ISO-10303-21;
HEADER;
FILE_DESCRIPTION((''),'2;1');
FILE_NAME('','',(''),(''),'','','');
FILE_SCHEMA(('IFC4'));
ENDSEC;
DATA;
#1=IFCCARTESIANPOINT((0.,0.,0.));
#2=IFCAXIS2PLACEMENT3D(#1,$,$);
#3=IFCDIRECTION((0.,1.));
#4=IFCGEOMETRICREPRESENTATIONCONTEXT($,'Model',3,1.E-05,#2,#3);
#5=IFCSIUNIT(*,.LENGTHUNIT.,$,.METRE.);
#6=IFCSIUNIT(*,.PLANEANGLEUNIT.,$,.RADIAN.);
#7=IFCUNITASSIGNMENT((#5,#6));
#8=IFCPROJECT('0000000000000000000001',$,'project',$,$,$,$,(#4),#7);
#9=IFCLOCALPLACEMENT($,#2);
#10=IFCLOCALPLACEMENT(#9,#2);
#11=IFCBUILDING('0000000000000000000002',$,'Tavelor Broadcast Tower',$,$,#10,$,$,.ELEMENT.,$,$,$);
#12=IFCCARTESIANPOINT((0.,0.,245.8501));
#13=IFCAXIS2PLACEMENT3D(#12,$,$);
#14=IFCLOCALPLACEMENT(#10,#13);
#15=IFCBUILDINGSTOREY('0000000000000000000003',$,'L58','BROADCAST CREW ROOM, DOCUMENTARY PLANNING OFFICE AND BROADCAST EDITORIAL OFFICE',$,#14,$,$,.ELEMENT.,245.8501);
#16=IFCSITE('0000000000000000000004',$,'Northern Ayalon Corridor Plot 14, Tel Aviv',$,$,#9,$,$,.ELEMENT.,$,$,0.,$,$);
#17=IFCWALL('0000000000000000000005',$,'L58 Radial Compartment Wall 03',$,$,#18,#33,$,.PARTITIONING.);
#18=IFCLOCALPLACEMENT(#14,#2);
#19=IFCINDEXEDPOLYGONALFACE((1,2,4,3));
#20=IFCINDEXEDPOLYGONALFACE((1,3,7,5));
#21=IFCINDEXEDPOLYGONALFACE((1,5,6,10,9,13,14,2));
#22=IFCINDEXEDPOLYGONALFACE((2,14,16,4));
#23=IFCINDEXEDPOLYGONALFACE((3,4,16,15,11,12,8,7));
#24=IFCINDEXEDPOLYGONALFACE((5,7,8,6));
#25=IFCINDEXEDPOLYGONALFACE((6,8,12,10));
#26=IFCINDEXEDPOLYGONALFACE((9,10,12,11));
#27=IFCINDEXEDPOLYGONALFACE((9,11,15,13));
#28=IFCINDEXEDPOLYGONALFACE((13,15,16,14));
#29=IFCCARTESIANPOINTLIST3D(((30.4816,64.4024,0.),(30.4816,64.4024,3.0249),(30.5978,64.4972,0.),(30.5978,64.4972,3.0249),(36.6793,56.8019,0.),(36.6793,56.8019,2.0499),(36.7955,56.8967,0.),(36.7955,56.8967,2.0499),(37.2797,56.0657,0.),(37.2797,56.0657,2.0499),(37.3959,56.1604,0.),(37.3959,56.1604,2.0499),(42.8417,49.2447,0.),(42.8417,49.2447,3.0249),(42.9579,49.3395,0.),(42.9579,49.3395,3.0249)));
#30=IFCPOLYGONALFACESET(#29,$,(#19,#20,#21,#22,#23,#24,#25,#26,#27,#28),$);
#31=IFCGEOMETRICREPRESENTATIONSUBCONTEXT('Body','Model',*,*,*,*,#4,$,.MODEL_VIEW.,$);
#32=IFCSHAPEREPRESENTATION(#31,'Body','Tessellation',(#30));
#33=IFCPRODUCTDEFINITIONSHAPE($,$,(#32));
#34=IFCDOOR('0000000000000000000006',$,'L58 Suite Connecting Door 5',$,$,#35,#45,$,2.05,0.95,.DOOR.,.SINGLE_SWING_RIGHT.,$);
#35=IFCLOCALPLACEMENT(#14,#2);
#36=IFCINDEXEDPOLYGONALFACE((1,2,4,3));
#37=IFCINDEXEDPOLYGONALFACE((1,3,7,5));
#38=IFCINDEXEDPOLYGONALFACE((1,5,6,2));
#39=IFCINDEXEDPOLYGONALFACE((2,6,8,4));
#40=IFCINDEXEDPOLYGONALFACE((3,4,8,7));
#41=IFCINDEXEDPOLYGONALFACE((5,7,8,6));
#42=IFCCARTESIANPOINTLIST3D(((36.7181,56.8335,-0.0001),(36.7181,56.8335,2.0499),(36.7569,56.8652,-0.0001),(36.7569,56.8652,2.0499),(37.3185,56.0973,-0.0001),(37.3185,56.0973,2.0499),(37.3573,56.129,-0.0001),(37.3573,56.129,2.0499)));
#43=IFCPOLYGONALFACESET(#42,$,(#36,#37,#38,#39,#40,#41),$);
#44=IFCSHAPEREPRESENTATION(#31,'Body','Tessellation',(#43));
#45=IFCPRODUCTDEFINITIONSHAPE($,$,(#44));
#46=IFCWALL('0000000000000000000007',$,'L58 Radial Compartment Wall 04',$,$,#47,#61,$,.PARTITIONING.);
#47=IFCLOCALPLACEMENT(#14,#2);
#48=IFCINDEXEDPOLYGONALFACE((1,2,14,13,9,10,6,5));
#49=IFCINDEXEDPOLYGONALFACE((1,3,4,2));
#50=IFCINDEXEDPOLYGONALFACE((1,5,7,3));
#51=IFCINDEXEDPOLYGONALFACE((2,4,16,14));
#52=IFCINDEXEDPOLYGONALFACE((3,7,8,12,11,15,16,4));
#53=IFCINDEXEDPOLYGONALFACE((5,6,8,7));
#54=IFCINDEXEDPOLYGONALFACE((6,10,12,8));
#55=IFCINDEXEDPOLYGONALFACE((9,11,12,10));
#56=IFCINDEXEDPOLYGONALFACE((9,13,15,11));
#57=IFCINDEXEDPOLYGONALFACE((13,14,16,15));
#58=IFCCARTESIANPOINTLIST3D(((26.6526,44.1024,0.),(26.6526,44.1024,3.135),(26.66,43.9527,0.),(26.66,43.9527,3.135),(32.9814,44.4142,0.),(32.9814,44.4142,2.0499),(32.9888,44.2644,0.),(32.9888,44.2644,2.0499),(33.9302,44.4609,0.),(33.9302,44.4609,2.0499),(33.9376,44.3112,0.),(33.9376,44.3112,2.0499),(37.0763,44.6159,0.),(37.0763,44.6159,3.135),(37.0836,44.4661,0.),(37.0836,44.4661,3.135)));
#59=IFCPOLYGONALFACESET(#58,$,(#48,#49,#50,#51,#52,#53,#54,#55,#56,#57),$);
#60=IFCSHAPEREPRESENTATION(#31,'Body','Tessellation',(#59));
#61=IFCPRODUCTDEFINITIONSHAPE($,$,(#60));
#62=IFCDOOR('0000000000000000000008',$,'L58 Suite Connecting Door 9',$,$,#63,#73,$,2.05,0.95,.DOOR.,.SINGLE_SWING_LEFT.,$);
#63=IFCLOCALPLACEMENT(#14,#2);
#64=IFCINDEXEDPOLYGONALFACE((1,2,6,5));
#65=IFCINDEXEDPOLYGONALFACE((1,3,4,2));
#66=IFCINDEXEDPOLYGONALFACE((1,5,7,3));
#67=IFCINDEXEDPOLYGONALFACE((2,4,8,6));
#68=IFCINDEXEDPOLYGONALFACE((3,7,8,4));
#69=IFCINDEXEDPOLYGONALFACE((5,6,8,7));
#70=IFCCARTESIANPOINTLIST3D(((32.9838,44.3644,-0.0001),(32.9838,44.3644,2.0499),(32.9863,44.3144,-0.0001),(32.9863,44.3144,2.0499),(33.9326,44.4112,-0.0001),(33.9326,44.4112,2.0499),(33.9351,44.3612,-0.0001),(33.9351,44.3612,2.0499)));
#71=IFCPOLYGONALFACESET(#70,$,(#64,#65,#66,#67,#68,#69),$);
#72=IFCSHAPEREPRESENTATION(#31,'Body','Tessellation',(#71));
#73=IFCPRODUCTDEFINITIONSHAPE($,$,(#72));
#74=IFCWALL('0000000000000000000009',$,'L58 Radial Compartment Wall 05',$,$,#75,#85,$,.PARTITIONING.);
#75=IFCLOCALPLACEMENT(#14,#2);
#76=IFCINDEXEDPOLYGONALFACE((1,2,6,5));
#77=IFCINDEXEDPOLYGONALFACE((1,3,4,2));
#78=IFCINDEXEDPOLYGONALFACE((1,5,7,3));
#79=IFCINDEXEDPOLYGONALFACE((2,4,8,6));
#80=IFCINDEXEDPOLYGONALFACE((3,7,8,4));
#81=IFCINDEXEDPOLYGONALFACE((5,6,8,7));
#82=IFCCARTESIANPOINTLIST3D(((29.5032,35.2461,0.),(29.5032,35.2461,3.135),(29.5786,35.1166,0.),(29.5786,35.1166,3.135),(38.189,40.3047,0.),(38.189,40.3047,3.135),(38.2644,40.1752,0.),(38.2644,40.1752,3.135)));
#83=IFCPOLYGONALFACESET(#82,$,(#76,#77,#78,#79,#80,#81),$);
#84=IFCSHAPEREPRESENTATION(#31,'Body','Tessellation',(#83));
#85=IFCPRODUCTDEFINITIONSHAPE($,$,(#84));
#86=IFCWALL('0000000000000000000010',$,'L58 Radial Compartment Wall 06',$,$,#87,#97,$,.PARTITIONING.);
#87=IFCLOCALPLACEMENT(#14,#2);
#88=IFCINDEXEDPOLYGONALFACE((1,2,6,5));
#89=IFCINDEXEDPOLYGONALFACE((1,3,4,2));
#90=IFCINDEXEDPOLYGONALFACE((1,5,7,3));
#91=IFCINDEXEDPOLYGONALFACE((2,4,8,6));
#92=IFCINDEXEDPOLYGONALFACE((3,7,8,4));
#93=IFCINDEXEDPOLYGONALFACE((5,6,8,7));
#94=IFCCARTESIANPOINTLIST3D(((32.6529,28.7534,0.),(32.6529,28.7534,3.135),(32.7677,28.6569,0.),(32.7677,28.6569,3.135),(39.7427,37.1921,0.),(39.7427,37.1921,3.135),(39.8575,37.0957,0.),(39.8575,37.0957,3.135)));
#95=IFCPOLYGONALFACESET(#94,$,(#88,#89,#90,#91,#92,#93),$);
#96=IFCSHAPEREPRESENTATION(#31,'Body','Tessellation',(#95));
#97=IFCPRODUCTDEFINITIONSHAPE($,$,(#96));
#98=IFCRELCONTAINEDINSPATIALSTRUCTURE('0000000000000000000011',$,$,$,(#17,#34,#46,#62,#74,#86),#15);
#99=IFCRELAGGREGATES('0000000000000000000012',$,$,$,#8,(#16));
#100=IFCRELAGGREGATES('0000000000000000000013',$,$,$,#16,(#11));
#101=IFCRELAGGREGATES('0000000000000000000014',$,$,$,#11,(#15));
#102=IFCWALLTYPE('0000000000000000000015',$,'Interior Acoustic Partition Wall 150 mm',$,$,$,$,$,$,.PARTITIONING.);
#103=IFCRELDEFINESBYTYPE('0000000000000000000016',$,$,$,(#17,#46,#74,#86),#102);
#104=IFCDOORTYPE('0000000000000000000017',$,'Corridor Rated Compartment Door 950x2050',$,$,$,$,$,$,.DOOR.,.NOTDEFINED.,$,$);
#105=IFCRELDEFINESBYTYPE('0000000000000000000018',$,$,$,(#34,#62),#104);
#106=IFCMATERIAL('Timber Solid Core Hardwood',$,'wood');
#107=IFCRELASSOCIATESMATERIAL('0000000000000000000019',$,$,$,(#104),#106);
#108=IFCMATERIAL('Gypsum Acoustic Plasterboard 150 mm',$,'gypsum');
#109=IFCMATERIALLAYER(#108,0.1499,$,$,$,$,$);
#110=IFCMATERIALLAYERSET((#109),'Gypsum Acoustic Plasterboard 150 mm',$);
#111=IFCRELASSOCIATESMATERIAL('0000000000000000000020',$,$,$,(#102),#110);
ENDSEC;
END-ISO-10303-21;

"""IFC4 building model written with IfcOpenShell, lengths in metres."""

from ifc_helpers import new_model, si_unit, direction, frame, frame_2d, origin, place, context, subcontext, project, spatial, rectangle, extrude, material, layer, layer_set, type_object, element, fill, save


model = new_model("IFC4")

# Units and contexts
model_context = context("Model", 3, precision=1e-05, world=origin(), true_north=direction((0.0, 1.0)))
body_context = subcontext(model_context, "Body", "Model", "MODEL_VIEW")
ifc_project = project(units=[si_unit("LENGTHUNIT", "METRE"), si_unit("PLANEANGLEUNIT", "RADIAN")], contexts=[model_context])

# Site, building, storey
site_placement = place(None, origin())
site = spatial("IfcSite", under=ifc_project, at=site_placement, Name="Northern Ayalon Corridor Plot 14, Tel Aviv", CompositionType="ELEMENT", RefElevation=0.0)
building_placement = place(site_placement, origin())
building = spatial("IfcBuilding", under=site, at=building_placement, Name="Tavelor Broadcast Tower", CompositionType="ELEMENT")
storey_placement = place(building_placement, frame((0.0, 0.0, 245.8501)))
storey = spatial("IfcBuildingStorey", under=building, at=storey_placement, Name="L58", Description="BROADCAST CREW ROOM, DOCUMENTARY PLANNING OFFICE AND BROADCAST EDITORIAL OFFICE", CompositionType="ELEMENT", Elevation=245.8501)

# Shared definitions
ifc_material_1 = material(Name="Timber Solid Core Hardwood", Category="wood")
door_type_1 = type_object("IfcDoorType", Name="Corridor Rated Compartment Door 950x2050", OperationType="NOTDEFINED", PredefinedType="DOOR", material=ifc_material_1)
ifc_material_2 = material(Name="Gypsum Acoustic Plasterboard 150 mm", Category="gypsum")
ifc_layer_1 = layer(ifc_material_2, 0.1499)
ifc_layer_set_1 = layer_set([ifc_layer_1], Name="Gypsum Acoustic Plasterboard 150 mm")
wall_type_1 = type_object("IfcWallType", Name="Interior Acoustic Partition Wall 150 mm", PredefinedType="PARTITIONING", material=ifc_layer_set_1)

# Walls, openings, doors
wall_1_placement = place(storey_placement, frame((42.8999, 49.292, 0.0), z_axis=(0.0, 0.0, 1.0), x_axis=(-0.631961, 0.775, 0.0)))
wall_1 = element("IfcWall", 1, at=wall_1_placement, inside=storey, type_object=wall_type_1, Name="L58 Radial Compartment Wall 03", PredefinedType="PARTITIONING", context=body_context, shape_type="SweptSolid", body=[
    extrude(rectangle(XDim=19.5583, YDim=0.1499, at=frame_2d((9.7793, 0.0))), origin(), (0.0, 0.0, 1.0), 3.0249),
])
opening_1_placement = place(wall_1_placement, frame((8.8013, 0.0, 0.0)))
opening_1 = element("IfcOpeningElement", 2, at=opening_1_placement, cuts=wall_1, PredefinedType="OPENING", context=body_context, shape_type="SweptSolid", body=[
    extrude(rectangle(XDim=0.95, YDim=2.05, at=frame_2d((0.4751, 1.0249))), frame((0.0, 0.085, 0.0), z_axis=(0.0, -1.0, 0.0), x_axis=(1.0, 0.0, 0.0)), (0.0, 0.0, 1.0), 0.1699),
])
door_1_placement = place(opening_1_placement, origin())
door_1 = element("IfcDoor", 3, at=door_1_placement, inside=storey, type_object=door_type_1, Name="L58 Suite Connecting Door 5", OperationType="SINGLE_SWING_RIGHT", OverallHeight=2.05, OverallWidth=0.95, PredefinedType="DOOR", context=body_context, shape_type="SweptSolid", body=[
    extrude(rectangle(XDim=0.95, YDim=2.05, at=frame_2d((0.4751, 1.0249))), frame((0.0, 0.0249, 0.0), z_axis=(0.0, -1.0, 0.0), x_axis=(1.0, 0.0, 0.0)), (0.0, 0.0, 1.0), 0.05),
])
fill(opening_1, door_1)
wall_2_placement = place(storey_placement, frame((37.0801, 44.541, 0.0), z_axis=(0.0, 0.0, 1.0), x_axis=(-0.998789, -0.049197, 0.0)))
wall_2 = element("IfcWall", 4, at=wall_2_placement, inside=storey, type_object=wall_type_1, Name="L58 Radial Compartment Wall 04", PredefinedType="PARTITIONING", context=body_context, shape_type="SweptSolid", body=[
    extrude(rectangle(XDim=10.4363, YDim=0.1499, at=frame_2d((5.2183, 0.0))), origin(), (0.0, 0.0, 1.0), 3.135),
])
opening_2_placement = place(wall_2_placement, frame((3.1499, 0.0, 0.0)))
opening_2 = element("IfcOpeningElement", 5, at=opening_2_placement, cuts=wall_2, PredefinedType="OPENING", context=body_context, shape_type="SweptSolid", body=[
    extrude(rectangle(XDim=0.95, YDim=2.05, at=frame_2d((0.4751, 1.0249))), frame((0.0, 0.085, 0.0), z_axis=(0.0, -1.0, 0.0), x_axis=(1.0, 0.0, 0.0)), (0.0, 0.0, 1.0), 0.1699),
])
door_2_placement = place(opening_2_placement, origin())
door_2 = element("IfcDoor", 6, at=door_2_placement, inside=storey, type_object=door_type_1, Name="L58 Suite Connecting Door 9", OperationType="SINGLE_SWING_LEFT", OverallHeight=2.05, OverallWidth=0.95, PredefinedType="DOOR", context=body_context, shape_type="SweptSolid", body=[
    extrude(rectangle(XDim=0.95, YDim=2.05, at=frame_2d((0.4751, 1.0249))), frame((0.0, 0.0249, 0.0), z_axis=(0.0, -1.0, 0.0), x_axis=(1.0, 0.0, 0.0)), (0.0, 0.0, 1.0), 0.05),
])
fill(opening_2, door_2)

# Walls
wall_3_placement = place(storey_placement, frame((38.2268, 40.24, 0.0), z_axis=(0.0, 0.0, 1.0), x_axis=(-0.86413, -0.503268, 0.0)))
element("IfcWall", 7, at=wall_3_placement, inside=storey, type_object=wall_type_1, Name="L58 Radial Compartment Wall 05", PredefinedType="PARTITIONING", context=body_context, shape_type="SweptSolid", body=[
    extrude(rectangle(XDim=10.0515, YDim=0.1499, at=frame_2d((5.0259, 0.0))), origin(), (0.0, 0.0, 1.0), 3.135),
])
wall_4_placement = place(storey_placement, frame((39.8, 37.1438, 0.0), z_axis=(0.0, 0.0, 1.0), x_axis=(-0.643262, -0.765646, 0.0)))
element("IfcWall", 8, at=wall_4_placement, inside=storey, type_object=wall_type_1, Name="L58 Radial Compartment Wall 06", PredefinedType="PARTITIONING", context=body_context, shape_type="SweptSolid", body=[
    extrude(rectangle(XDim=11.0217, YDim=0.1499, at=frame_2d((5.5107, 0.0))), origin(), (0.0, 0.0, 1.0), 3.135),
])

save(model, "model.ifc")
